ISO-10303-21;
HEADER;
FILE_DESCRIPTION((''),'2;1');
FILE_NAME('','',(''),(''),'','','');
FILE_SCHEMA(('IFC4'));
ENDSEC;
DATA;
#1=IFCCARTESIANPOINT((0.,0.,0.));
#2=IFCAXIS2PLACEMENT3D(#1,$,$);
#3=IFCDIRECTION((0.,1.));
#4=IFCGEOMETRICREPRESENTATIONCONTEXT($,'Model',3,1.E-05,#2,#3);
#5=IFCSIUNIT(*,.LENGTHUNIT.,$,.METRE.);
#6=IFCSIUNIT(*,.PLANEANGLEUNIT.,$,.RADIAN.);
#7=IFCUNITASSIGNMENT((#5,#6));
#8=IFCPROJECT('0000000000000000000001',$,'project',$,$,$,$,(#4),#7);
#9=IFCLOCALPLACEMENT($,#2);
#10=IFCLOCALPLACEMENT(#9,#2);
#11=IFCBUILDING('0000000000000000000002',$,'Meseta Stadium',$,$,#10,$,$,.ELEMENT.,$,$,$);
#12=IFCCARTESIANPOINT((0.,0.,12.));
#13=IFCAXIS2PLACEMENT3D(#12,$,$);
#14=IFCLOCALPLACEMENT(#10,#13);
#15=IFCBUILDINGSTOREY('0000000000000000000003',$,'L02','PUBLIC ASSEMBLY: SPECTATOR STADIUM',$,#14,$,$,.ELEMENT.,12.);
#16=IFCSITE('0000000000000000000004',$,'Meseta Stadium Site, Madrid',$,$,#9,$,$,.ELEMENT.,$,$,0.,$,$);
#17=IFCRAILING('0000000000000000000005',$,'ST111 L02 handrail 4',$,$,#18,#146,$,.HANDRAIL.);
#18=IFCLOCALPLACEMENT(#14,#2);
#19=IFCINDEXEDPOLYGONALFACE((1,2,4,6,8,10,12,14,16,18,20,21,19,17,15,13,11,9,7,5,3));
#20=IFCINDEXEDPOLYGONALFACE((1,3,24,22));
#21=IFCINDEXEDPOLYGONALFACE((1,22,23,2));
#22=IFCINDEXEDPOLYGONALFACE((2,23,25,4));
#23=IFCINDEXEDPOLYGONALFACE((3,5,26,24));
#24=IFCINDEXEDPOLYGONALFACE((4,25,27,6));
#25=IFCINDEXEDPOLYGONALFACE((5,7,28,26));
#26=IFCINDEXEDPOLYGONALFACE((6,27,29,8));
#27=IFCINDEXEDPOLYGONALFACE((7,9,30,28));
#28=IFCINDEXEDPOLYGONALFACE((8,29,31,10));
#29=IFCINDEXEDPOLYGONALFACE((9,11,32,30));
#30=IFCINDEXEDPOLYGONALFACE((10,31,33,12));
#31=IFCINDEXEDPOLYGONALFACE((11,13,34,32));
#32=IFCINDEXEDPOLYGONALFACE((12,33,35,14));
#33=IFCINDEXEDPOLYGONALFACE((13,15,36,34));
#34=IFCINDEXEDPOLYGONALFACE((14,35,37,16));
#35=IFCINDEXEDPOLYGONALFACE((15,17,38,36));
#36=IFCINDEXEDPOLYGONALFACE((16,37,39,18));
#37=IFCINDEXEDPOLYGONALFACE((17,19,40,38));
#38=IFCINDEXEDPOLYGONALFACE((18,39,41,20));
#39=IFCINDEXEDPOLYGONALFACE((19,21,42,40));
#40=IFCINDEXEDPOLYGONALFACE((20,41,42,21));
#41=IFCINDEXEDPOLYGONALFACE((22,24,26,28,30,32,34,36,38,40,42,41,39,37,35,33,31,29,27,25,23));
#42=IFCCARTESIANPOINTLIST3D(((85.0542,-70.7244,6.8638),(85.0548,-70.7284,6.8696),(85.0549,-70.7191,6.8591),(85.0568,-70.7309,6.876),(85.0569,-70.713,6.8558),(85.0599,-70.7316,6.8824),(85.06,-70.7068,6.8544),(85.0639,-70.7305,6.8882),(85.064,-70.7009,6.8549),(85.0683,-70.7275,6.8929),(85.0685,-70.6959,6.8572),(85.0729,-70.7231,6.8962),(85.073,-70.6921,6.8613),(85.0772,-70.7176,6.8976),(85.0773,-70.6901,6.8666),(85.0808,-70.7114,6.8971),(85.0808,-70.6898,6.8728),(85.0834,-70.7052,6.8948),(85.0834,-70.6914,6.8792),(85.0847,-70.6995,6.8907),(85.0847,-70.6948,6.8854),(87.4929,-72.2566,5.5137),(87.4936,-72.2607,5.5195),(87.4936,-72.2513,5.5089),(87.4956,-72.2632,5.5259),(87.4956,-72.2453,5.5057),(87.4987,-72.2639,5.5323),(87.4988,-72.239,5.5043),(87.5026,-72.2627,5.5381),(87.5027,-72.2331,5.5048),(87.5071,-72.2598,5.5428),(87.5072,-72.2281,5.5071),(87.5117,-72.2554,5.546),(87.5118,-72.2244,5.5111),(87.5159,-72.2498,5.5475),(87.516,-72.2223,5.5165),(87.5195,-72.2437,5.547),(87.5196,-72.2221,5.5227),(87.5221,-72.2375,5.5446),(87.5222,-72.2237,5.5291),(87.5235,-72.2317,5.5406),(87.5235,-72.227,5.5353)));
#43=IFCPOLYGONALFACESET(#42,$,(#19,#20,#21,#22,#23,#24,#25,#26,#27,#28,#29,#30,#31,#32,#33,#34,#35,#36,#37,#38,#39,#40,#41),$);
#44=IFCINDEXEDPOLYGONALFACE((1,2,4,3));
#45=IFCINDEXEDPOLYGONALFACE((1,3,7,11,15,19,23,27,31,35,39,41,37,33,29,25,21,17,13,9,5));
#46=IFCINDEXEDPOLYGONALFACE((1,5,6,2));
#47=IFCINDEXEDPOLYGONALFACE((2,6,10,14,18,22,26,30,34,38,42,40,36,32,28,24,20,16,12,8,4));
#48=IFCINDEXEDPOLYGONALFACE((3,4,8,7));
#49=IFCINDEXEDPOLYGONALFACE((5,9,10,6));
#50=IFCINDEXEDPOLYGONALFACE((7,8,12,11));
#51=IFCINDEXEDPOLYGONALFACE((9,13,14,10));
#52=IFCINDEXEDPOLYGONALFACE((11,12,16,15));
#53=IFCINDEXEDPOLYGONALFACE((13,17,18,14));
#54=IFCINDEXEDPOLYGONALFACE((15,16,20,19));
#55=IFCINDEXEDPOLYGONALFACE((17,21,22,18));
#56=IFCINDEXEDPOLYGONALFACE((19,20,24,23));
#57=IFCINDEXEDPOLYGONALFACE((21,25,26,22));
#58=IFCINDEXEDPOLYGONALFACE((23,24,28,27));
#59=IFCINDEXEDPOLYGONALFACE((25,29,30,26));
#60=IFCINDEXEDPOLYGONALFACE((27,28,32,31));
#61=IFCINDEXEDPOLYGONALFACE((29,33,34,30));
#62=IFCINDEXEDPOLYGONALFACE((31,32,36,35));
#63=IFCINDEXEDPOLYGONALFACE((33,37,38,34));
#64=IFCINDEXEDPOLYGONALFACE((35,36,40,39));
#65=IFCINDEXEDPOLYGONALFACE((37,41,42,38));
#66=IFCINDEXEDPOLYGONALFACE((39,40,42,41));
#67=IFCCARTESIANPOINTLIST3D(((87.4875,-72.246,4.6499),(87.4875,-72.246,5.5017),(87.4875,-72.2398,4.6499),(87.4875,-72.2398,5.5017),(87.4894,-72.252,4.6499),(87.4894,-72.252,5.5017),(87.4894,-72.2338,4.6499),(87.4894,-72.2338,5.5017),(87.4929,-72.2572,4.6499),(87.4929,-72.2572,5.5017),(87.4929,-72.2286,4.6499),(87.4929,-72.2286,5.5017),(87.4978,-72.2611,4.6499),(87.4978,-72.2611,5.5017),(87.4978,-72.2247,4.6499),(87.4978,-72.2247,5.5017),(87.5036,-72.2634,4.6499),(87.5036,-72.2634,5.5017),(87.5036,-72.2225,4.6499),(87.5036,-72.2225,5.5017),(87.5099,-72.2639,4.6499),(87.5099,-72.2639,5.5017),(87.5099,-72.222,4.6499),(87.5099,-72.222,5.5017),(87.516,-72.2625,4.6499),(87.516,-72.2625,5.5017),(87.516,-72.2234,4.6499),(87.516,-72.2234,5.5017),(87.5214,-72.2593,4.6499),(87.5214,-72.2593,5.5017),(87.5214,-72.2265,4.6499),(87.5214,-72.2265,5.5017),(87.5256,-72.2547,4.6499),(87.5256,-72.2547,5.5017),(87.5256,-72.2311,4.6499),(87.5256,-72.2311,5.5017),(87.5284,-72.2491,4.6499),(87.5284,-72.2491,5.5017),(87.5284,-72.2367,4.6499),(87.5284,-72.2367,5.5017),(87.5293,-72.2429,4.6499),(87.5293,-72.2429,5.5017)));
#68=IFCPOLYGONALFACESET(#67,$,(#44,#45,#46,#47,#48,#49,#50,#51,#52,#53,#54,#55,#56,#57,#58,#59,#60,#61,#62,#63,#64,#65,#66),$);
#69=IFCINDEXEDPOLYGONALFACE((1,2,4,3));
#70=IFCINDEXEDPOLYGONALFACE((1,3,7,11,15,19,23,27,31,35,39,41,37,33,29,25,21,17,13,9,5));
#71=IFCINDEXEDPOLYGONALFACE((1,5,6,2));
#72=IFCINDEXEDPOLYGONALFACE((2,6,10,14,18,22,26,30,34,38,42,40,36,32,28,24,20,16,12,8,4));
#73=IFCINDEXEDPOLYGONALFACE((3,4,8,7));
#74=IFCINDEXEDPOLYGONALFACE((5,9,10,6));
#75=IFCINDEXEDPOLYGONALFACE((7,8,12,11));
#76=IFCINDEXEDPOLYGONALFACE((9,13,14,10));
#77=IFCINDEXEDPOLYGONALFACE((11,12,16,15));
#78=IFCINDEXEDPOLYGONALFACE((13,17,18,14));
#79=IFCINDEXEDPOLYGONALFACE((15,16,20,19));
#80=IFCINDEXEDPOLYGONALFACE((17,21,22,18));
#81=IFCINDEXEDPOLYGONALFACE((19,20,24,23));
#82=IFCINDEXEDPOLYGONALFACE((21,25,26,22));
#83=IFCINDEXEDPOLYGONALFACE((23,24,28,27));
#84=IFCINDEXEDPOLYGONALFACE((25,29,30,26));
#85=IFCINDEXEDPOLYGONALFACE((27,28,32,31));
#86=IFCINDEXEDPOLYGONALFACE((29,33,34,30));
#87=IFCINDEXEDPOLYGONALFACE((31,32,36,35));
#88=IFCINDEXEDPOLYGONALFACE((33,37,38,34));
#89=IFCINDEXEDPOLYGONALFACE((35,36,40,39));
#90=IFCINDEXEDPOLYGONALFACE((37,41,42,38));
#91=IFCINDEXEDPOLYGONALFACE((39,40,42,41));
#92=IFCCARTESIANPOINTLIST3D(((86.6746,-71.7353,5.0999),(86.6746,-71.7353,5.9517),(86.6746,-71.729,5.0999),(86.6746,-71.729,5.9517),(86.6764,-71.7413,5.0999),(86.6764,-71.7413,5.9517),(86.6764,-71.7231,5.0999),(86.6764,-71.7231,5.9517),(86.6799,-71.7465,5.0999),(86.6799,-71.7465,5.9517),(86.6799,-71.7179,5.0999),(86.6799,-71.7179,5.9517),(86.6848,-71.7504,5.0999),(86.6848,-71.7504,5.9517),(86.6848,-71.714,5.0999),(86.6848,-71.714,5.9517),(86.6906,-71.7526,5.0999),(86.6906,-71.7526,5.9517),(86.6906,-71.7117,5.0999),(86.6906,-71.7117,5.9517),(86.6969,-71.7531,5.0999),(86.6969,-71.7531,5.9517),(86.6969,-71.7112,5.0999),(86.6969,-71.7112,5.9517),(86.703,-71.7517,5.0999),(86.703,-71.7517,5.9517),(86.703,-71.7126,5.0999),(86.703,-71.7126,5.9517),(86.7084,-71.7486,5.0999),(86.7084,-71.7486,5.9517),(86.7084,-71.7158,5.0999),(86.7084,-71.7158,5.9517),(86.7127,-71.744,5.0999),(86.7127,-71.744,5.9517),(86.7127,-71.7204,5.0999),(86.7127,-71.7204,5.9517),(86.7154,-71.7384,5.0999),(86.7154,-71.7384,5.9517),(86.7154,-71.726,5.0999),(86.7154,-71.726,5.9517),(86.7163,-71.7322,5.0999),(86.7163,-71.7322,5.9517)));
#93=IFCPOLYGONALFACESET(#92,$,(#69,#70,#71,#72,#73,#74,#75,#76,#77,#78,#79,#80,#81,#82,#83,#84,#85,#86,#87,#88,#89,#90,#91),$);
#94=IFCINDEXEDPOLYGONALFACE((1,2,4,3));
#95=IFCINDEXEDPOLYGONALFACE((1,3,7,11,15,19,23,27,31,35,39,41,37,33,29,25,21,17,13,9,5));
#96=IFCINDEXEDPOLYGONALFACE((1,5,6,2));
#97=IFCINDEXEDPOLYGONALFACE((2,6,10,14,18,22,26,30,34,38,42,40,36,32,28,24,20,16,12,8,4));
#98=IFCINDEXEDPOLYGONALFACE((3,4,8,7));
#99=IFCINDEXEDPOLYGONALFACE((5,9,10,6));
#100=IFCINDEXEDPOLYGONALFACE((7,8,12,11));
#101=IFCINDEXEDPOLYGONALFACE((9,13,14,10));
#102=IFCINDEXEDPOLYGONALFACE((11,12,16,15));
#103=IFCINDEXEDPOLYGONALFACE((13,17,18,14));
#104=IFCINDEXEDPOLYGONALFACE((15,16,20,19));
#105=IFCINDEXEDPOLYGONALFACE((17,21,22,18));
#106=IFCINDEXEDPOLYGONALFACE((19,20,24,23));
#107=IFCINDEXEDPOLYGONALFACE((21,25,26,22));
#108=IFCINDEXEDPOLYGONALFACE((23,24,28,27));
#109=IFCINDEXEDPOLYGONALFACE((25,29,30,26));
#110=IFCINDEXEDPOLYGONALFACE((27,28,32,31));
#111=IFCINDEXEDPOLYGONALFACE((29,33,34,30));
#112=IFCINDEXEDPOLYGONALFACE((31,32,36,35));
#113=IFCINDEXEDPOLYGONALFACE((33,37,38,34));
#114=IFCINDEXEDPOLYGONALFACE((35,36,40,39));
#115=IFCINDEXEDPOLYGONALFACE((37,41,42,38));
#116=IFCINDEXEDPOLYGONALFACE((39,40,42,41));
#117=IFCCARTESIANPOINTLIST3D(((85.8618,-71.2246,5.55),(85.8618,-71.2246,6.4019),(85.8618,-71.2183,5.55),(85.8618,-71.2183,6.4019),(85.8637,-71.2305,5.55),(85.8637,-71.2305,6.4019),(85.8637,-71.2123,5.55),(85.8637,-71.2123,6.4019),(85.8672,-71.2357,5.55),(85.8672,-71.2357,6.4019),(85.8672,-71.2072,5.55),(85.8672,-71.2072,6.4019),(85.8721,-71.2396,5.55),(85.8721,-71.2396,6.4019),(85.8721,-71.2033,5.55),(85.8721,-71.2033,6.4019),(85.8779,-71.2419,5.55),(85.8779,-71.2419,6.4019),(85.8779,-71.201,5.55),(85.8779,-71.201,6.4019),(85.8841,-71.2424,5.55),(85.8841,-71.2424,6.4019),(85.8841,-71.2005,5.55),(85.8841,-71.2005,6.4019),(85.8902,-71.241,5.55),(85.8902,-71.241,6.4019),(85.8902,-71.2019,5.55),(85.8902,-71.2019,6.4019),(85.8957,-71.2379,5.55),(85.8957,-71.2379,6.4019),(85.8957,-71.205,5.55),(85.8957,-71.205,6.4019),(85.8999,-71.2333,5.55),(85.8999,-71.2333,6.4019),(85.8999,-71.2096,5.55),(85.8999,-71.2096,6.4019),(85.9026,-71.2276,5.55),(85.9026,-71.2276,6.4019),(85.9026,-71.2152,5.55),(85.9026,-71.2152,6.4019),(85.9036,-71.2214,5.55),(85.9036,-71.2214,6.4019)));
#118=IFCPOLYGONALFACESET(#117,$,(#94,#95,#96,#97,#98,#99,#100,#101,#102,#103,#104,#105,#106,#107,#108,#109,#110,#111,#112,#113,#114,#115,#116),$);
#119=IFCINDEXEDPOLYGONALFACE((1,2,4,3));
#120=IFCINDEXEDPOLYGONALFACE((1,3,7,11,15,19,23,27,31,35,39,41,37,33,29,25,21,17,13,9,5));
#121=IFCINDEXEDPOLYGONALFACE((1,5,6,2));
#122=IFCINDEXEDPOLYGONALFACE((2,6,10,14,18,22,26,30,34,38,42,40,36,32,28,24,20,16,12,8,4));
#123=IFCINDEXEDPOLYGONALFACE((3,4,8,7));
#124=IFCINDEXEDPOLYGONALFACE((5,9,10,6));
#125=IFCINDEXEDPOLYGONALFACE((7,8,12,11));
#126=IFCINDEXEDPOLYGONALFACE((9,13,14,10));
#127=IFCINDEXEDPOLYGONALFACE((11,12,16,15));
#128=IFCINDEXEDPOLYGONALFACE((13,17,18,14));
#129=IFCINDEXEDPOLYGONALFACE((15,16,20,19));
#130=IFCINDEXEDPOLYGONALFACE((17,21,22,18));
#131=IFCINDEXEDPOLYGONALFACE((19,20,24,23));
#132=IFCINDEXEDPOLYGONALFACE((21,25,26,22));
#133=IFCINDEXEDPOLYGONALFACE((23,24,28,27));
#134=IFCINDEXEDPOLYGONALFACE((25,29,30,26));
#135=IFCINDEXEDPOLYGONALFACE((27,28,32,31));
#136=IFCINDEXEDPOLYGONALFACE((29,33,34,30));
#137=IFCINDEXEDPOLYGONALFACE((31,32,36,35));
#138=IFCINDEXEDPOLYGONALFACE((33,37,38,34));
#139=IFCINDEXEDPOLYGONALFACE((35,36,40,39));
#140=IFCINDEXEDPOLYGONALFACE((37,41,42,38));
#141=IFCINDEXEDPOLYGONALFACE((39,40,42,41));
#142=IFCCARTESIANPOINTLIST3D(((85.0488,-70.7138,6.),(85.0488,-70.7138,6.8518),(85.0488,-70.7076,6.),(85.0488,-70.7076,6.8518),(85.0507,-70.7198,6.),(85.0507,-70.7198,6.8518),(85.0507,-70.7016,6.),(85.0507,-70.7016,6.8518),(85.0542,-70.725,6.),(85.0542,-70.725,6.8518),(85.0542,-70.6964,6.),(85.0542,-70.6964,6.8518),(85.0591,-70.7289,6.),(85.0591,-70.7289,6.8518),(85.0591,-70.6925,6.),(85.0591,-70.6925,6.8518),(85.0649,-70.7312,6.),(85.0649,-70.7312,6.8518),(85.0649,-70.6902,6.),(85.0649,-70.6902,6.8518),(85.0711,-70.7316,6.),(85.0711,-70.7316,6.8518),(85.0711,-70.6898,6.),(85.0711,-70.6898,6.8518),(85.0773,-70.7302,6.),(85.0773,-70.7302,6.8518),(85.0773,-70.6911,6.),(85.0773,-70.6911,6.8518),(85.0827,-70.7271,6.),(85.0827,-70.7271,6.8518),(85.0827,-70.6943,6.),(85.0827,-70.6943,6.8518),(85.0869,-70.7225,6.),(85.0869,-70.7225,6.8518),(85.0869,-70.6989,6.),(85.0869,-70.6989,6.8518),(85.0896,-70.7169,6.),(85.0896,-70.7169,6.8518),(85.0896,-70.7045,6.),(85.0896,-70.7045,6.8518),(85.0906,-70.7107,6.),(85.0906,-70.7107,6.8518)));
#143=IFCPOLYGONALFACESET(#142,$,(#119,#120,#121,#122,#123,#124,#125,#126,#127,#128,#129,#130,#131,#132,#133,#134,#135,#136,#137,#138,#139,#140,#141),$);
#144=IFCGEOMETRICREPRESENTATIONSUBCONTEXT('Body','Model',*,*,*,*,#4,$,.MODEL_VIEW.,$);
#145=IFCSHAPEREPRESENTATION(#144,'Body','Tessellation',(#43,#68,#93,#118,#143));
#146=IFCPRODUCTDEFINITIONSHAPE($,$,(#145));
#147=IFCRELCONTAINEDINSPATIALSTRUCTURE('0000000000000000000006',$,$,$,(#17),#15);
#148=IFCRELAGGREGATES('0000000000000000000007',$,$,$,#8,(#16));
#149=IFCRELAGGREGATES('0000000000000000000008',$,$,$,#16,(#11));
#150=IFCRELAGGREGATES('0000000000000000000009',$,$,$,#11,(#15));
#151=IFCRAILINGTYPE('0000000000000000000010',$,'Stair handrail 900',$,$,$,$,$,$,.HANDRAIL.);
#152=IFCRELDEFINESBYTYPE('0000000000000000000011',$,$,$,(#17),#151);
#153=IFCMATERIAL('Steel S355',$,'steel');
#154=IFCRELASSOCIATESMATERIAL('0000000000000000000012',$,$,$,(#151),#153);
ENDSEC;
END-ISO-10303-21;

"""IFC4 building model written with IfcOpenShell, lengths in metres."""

from ifc_helpers import new_model, si_unit, direction, frame, origin, origin_2d, place, context, subcontext, project, spatial, circle, extrude, material, type_object, element, save


model = new_model("IFC4")

# Units and contexts
model_context = context("Model", 3, precision=1e-05, world=origin(), true_north=direction((0.0, 1.0)))
body_context = subcontext(model_context, "Body", "Model", "MODEL_VIEW")
ifc_project = project(units=[si_unit("LENGTHUNIT", "METRE"), si_unit("PLANEANGLEUNIT", "RADIAN")], contexts=[model_context])

# Site, building, storey
site_placement = place(None, origin())
site = spatial("IfcSite", under=ifc_project, at=site_placement, Name="Meseta Stadium Site, Madrid", CompositionType="ELEMENT", RefElevation=0.0)
building_placement = place(site_placement, origin())
building = spatial("IfcBuilding", under=site, at=building_placement, Name="Meseta Stadium", CompositionType="ELEMENT")
storey_placement = place(building_placement, frame((0.0, 0.0, 12.0)))
storey = spatial("IfcBuildingStorey", under=building, at=storey_placement, Name="L02", Description="PUBLIC ASSEMBLY: SPECTATOR STADIUM", CompositionType="ELEMENT", Elevation=12.0)

# Railing
ifc_material_1 = material(Name="Steel S355", Category="steel")
railing_type_1 = type_object("IfcRailingType", Name="Stair handrail 900", PredefinedType="HANDRAIL", material=ifc_material_1)
for number, where, name in (
    (1, (87.5083, -72.2429, 4.6499), "ST111 L02 handrail 4"),
):
    element("IfcRailing", number, at=place(storey_placement, frame(where)), inside=storey, type_object=railing_type_1, Name=name, PredefinedType="HANDRAIL", context=body_context, shape_type="SweptSolid", body=[
        extrude(circle(Radius=0.0239, at=origin_2d()), frame((0.0, 0.0, 0.876), z_axis=(-0.766687, 0.481703, 0.424445), x_axis=(-0.532001, -0.846743, 0.0)), (0.0, 0.0, 1.0), 3.1809),
        extrude(circle(Radius=0.021, at=origin_2d()), origin(), (0.0, 0.0, 1.0), 0.8518),
        extrude(circle(Radius=0.021, at=origin_2d()), frame((-0.813, 0.5107, 0.45)), (0.0, 0.0, 1.0), 0.8518),
        extrude(circle(Radius=0.021, at=origin_2d()), frame((-1.6257, 1.0215, 0.9001)), (0.0, 0.0, 1.0), 0.8518),
        extrude(circle(Radius=0.021, at=origin_2d()), frame((-2.4387, 1.5322, 1.3501)), (0.0, 0.0, 1.0), 0.8518),
    ])

save(model, "model.ifc")
